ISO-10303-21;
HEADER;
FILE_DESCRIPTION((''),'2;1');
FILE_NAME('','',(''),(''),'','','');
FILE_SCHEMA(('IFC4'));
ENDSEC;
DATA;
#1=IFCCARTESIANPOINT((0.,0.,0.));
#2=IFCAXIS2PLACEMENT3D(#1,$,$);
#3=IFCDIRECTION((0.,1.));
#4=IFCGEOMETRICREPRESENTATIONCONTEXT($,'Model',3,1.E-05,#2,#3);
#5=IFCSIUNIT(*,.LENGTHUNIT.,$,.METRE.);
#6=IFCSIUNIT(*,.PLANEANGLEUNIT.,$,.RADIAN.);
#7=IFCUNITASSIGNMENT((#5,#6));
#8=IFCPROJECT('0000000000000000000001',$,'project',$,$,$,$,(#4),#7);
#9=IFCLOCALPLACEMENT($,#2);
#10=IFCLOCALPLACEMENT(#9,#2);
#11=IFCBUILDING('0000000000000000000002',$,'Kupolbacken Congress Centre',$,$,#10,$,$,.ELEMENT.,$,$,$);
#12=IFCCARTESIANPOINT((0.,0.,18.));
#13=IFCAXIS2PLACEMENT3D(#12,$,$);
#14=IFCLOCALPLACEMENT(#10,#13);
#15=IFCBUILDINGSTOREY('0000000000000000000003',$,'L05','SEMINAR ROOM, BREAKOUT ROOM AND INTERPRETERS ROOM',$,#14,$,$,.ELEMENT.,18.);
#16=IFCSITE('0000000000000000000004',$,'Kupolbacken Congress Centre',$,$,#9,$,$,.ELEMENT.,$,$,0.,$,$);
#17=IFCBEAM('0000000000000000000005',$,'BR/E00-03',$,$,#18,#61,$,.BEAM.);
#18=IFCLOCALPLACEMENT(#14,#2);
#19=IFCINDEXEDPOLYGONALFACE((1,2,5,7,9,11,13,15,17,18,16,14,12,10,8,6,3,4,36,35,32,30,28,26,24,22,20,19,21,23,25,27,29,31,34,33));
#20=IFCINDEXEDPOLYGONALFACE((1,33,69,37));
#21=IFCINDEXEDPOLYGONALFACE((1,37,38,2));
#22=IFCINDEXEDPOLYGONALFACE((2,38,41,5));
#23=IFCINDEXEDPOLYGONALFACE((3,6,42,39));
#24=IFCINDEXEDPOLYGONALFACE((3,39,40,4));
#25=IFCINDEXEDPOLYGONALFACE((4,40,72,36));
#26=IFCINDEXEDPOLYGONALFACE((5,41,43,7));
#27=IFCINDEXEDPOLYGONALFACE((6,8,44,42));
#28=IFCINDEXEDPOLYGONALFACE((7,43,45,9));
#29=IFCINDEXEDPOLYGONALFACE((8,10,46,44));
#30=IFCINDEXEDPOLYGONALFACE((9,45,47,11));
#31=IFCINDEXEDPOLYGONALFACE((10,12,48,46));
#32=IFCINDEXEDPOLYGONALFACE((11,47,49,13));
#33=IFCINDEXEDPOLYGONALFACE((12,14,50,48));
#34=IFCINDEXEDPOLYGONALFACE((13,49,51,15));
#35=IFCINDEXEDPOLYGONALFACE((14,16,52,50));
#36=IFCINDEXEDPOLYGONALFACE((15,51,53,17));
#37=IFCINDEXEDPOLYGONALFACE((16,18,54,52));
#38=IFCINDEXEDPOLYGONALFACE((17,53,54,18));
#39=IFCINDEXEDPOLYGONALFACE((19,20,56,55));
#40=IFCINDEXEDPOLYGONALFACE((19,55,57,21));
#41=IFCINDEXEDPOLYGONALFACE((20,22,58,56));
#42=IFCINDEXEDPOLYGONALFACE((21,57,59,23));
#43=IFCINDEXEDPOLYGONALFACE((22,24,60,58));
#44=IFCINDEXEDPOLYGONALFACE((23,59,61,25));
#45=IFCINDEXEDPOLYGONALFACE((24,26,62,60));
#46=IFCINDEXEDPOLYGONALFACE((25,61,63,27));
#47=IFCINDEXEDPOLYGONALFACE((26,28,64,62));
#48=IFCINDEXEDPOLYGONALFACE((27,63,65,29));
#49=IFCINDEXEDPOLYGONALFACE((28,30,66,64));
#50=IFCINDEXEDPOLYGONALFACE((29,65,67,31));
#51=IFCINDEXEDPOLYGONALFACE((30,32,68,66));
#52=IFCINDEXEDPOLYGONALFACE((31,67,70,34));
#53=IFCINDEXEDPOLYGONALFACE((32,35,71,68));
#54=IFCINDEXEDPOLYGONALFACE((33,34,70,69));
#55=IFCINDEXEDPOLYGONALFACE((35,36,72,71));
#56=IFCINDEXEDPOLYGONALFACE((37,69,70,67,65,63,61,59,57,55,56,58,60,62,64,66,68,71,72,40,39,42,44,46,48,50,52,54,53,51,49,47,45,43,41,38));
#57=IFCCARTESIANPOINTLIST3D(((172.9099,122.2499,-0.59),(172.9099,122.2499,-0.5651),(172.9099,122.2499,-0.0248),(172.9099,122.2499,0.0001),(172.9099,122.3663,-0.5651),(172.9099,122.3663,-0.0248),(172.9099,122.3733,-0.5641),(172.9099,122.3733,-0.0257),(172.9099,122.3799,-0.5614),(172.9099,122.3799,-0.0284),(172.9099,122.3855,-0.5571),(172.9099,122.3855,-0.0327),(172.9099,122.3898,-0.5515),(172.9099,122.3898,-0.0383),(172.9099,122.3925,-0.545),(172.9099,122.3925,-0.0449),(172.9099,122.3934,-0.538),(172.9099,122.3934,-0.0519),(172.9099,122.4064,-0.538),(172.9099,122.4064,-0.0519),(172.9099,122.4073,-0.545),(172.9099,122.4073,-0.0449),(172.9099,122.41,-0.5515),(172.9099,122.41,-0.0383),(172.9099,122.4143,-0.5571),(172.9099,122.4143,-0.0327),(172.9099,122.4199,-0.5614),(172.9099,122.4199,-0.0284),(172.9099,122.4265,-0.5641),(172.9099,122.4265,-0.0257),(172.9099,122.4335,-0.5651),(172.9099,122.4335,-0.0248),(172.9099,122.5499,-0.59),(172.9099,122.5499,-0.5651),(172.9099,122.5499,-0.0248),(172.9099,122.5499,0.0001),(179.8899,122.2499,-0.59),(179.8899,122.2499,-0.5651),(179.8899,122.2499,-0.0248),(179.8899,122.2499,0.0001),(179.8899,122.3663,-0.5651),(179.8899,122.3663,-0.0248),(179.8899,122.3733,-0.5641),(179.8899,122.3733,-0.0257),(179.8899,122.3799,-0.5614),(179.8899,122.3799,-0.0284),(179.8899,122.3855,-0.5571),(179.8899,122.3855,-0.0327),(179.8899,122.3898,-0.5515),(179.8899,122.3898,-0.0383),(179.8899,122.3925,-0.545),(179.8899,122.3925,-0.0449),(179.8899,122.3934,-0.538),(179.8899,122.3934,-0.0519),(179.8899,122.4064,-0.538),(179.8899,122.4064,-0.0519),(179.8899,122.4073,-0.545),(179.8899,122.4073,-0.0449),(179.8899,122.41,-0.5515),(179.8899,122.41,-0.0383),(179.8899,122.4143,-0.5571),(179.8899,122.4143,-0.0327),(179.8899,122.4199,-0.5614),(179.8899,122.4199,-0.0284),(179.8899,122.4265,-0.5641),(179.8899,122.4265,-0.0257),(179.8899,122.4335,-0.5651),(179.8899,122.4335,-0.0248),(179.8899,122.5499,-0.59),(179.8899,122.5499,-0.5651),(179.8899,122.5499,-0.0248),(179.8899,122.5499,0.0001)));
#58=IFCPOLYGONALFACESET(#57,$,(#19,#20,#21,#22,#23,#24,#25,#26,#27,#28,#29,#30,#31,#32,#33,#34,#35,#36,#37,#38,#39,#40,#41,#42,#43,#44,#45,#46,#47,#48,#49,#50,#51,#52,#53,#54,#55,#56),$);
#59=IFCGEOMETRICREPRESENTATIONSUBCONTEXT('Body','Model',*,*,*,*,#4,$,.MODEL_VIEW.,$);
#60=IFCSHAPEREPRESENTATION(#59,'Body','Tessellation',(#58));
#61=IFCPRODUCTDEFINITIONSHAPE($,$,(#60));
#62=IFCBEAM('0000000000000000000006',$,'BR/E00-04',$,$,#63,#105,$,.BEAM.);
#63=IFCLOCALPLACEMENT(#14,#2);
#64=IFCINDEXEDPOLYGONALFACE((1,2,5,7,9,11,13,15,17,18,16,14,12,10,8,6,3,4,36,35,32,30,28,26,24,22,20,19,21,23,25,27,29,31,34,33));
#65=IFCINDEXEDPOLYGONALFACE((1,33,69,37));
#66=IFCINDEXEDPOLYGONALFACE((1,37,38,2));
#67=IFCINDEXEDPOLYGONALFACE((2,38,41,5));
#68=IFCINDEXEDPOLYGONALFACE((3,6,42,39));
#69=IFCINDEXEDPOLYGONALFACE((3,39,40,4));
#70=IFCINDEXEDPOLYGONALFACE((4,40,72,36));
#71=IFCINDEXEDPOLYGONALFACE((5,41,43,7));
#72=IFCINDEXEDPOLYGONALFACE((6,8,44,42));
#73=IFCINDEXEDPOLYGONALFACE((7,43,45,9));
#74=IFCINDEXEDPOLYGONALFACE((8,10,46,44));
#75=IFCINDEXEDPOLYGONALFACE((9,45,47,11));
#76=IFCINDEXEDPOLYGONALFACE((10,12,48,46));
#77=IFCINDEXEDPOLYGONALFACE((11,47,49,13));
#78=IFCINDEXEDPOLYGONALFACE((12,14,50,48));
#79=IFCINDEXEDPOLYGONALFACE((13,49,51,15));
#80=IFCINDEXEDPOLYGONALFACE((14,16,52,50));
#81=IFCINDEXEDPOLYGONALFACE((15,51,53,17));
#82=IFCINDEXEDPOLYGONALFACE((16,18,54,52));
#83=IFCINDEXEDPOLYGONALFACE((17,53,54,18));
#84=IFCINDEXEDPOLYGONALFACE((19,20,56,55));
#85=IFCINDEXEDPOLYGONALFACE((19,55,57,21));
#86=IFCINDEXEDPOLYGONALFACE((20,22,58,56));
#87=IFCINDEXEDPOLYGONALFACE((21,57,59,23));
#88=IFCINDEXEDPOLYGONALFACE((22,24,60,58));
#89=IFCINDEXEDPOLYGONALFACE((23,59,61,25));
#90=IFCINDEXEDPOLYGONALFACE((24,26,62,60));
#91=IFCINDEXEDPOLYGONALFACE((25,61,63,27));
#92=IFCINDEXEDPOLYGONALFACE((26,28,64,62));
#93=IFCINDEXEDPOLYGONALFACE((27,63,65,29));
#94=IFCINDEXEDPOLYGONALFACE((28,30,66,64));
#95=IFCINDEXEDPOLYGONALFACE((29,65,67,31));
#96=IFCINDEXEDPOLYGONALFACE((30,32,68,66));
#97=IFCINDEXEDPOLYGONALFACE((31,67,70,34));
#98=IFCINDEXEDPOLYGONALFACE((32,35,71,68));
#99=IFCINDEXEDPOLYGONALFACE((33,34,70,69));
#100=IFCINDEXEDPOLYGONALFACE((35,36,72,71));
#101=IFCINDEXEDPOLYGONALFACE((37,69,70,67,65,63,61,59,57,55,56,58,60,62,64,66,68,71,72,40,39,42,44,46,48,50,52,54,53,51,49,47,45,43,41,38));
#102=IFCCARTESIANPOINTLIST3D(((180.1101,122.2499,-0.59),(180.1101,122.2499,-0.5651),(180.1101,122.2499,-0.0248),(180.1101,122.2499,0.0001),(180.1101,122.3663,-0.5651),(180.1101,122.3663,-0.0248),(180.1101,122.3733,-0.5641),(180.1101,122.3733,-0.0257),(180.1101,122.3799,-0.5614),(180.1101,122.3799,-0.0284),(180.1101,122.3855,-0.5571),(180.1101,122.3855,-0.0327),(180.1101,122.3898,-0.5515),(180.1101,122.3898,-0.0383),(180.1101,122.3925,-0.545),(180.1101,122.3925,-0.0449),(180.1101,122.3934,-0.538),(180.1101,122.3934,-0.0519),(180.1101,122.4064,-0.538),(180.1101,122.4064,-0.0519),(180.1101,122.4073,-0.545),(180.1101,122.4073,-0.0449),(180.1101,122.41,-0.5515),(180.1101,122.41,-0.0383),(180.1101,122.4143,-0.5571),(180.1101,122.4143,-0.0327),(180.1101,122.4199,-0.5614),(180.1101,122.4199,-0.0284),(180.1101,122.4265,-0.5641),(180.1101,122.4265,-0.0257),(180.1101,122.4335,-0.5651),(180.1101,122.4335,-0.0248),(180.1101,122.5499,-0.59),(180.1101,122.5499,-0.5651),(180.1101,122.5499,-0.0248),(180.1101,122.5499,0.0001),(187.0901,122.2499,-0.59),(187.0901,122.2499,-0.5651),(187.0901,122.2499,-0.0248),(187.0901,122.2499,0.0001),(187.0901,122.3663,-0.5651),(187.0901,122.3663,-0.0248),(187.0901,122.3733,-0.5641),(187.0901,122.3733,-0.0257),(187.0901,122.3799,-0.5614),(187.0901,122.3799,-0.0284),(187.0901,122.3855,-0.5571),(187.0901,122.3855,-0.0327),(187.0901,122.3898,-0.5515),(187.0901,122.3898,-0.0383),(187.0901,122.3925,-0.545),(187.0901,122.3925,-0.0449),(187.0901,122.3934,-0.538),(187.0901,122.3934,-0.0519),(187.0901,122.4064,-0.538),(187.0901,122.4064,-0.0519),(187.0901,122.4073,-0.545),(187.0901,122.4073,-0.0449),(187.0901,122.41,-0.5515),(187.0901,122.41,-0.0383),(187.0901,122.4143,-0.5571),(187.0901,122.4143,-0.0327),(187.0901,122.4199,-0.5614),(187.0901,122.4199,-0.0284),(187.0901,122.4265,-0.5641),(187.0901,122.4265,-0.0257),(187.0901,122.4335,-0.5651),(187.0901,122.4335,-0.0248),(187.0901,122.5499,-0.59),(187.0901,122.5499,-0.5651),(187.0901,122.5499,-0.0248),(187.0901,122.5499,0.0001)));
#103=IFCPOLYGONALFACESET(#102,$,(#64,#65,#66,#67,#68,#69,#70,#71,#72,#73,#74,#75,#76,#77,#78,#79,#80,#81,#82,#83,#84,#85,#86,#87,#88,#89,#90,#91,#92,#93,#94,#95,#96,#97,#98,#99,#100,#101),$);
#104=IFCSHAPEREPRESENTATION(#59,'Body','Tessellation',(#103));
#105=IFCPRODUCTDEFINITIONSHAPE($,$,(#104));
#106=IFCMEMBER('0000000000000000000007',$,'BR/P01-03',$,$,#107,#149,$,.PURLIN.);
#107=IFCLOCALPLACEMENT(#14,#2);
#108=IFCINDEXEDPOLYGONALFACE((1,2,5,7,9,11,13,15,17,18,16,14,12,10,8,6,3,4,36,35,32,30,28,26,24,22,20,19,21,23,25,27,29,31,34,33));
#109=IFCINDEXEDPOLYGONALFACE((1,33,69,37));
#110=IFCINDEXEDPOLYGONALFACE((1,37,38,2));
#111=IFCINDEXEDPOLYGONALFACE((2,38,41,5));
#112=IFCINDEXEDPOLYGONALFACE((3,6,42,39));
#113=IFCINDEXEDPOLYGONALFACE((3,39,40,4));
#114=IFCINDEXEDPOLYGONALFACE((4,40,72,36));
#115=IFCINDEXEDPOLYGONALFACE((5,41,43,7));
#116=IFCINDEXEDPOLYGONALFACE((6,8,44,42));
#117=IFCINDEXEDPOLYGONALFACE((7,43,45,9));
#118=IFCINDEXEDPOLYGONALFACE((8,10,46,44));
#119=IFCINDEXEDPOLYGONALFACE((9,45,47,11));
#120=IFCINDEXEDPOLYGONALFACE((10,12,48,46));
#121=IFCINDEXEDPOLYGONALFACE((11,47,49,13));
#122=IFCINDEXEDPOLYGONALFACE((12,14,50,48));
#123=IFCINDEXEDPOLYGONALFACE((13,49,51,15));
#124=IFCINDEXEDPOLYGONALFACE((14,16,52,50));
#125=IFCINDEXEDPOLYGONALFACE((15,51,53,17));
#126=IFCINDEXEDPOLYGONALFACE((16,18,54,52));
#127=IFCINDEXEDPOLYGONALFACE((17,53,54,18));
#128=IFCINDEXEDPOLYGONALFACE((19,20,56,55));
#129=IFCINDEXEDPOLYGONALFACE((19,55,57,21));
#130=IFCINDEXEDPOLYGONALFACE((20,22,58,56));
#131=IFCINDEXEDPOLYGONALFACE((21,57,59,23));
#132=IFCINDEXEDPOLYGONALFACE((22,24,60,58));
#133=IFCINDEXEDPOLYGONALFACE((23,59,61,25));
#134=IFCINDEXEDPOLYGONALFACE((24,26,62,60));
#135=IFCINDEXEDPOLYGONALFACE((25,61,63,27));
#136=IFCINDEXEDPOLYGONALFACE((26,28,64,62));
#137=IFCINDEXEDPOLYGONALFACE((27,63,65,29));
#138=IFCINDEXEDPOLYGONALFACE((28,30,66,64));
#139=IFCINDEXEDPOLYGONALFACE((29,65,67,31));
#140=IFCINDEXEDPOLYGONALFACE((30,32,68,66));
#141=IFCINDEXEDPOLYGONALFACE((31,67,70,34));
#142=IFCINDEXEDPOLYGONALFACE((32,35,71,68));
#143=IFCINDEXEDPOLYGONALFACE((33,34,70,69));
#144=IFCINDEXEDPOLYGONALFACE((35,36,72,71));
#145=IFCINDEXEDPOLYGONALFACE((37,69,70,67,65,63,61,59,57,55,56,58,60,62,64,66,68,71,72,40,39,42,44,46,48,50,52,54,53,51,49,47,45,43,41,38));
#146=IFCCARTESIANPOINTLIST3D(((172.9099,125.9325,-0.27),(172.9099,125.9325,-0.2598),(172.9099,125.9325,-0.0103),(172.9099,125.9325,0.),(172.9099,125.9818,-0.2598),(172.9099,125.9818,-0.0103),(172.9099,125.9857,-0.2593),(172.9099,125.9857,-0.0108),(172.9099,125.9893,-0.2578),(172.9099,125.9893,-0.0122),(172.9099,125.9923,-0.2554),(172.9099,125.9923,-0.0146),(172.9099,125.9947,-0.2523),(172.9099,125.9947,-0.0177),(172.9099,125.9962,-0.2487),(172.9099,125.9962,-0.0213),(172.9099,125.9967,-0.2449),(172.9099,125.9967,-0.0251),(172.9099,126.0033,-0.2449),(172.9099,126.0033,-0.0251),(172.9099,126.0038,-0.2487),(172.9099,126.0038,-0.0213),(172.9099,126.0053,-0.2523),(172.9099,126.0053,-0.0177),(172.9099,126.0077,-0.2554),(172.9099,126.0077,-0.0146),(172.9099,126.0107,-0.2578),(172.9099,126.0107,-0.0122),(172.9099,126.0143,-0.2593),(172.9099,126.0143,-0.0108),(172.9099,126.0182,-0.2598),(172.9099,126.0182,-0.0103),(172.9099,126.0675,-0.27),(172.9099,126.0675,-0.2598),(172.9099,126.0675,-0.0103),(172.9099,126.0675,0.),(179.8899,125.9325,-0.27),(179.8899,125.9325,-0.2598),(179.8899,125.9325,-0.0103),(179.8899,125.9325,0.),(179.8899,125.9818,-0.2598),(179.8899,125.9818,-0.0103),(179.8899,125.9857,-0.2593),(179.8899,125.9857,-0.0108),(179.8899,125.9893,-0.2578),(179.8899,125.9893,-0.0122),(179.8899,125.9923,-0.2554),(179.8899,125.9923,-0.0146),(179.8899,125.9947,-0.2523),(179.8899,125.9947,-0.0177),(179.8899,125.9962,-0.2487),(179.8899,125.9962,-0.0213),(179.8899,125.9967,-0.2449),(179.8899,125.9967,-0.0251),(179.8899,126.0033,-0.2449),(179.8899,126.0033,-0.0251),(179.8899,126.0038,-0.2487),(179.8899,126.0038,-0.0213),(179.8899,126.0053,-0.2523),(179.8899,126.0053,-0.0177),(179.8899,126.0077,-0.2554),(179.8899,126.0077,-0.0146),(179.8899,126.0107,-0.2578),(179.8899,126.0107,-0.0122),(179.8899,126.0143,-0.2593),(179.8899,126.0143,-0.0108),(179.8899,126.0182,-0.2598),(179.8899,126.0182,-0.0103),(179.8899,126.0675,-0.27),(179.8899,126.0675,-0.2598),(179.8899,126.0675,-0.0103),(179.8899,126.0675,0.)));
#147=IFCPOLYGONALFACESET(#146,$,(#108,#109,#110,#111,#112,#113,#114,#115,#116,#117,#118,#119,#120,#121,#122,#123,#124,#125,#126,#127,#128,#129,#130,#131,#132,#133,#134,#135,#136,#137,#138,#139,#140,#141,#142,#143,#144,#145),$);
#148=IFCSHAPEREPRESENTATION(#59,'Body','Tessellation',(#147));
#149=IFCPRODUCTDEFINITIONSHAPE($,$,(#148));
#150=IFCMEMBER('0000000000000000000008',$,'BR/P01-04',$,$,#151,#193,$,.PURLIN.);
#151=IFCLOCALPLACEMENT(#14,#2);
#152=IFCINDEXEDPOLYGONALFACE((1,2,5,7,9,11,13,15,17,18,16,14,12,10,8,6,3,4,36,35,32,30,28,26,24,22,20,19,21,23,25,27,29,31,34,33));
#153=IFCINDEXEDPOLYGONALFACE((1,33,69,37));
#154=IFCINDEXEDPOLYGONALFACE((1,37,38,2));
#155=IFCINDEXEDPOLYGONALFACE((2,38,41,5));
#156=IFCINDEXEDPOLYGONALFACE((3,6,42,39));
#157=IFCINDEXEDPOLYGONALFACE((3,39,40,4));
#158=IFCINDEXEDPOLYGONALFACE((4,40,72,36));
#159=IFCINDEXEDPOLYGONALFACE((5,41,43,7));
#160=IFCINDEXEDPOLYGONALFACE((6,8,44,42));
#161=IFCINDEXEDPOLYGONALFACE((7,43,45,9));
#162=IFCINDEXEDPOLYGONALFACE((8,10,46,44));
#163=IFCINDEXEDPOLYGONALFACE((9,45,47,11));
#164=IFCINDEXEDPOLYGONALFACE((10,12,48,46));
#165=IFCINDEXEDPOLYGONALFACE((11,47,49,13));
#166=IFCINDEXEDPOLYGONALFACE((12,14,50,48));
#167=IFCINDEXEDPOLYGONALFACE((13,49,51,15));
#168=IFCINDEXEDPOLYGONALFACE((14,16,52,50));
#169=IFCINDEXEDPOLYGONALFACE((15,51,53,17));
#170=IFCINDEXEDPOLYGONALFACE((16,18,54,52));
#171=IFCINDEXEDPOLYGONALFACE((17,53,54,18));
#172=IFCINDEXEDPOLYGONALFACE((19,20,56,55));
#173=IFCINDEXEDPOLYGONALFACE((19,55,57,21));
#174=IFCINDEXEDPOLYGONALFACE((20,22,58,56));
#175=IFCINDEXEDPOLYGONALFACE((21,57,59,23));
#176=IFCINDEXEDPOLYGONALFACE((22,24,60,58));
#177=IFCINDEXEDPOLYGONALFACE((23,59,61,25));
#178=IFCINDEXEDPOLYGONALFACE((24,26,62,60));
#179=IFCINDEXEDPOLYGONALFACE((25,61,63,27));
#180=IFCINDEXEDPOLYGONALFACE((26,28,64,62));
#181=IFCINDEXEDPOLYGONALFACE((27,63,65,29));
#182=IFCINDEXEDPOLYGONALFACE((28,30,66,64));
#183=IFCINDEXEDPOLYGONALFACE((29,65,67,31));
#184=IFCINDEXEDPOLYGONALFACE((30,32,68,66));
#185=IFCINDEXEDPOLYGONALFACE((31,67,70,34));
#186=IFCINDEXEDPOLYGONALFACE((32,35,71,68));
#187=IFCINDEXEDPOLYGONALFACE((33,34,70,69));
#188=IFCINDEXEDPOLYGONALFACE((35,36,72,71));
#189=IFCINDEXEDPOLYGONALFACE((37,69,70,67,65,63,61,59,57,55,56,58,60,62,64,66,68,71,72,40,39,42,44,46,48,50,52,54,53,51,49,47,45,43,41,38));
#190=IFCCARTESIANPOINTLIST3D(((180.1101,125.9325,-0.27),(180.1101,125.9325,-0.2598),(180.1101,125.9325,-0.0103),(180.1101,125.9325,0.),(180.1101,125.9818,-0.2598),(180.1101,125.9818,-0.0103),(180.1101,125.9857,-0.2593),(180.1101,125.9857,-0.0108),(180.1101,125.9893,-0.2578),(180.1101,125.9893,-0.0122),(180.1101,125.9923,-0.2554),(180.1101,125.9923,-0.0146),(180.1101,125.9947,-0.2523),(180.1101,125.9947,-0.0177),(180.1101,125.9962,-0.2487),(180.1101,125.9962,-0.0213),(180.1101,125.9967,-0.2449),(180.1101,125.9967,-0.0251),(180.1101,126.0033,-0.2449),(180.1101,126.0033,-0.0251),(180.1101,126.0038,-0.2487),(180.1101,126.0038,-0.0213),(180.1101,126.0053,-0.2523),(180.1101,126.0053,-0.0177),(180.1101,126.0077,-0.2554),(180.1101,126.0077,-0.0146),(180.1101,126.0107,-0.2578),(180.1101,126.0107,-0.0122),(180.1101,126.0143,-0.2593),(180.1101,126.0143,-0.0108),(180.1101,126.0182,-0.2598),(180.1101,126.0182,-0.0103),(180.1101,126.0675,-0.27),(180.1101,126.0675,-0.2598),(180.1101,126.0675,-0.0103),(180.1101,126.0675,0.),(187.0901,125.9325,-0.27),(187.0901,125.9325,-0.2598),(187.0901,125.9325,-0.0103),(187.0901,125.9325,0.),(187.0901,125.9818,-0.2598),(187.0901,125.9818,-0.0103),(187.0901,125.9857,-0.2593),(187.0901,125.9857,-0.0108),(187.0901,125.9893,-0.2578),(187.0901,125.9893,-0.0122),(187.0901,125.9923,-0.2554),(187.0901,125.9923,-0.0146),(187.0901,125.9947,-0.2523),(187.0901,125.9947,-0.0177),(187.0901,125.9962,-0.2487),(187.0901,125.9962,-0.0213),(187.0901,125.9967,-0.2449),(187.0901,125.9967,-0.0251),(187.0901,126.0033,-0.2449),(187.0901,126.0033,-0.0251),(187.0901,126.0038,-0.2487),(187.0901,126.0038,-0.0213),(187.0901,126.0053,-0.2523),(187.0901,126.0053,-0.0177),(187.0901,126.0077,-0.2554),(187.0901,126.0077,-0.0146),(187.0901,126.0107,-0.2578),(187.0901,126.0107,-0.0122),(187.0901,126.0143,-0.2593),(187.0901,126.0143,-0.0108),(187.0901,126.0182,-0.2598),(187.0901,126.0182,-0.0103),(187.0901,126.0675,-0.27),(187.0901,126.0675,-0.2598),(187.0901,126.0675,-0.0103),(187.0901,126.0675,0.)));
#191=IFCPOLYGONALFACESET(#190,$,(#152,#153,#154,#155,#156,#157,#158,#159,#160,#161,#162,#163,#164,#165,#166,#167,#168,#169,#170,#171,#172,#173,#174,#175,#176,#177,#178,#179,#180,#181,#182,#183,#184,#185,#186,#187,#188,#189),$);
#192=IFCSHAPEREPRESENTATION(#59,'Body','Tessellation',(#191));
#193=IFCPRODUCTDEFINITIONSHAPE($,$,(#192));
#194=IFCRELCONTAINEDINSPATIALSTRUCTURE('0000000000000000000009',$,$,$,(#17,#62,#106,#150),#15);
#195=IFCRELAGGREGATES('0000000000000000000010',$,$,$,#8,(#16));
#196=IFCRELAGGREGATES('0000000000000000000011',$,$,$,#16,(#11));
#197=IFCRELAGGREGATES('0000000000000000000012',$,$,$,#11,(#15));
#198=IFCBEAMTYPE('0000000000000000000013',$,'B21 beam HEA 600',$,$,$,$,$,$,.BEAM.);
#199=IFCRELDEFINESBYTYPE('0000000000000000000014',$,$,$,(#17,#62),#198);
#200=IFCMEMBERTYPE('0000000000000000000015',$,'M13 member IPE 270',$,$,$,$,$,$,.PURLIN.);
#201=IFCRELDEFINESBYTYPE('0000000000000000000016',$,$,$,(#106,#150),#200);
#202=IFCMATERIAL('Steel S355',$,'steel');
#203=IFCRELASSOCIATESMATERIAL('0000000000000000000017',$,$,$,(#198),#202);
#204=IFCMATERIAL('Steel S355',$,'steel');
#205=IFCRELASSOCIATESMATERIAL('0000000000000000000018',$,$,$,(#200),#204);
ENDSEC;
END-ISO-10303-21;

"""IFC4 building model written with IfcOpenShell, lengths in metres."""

from ifc_helpers import new_model, si_unit, direction, frame, origin, origin_2d, place, context, subcontext, project, spatial, i_section, extrude, material, material_profile, profile_set, type_object, element, save


model = new_model("IFC4")

# Units and contexts
model_context = context("Model", 3, precision=1e-05, world=origin(), true_north=direction((0.0, 1.0)))
body_context = subcontext(model_context, "Body", "Model", "MODEL_VIEW")
ifc_project = project(units=[si_unit("LENGTHUNIT", "METRE"), si_unit("PLANEANGLEUNIT", "RADIAN")], contexts=[model_context])

# Site, building, storey
site_placement = place(None, origin())
site = spatial("IfcSite", under=ifc_project, at=site_placement, Name="Kupolbacken Congress Centre", CompositionType="ELEMENT", RefElevation=0.0)
building_placement = place(site_placement, origin())
building = spatial("IfcBuilding", under=site, at=building_placement, Name="Kupolbacken Congress Centre", CompositionType="ELEMENT")
storey_placement = place(building_placement, frame((0.0, 0.0, 18.0)))
storey = spatial("IfcBuildingStorey", under=building, at=storey_placement, Name="L05", Description="SEMINAR ROOM, BREAKOUT ROOM AND INTERPRETERS ROOM", CompositionType="ELEMENT", Elevation=18.0)

# Beams
ifc_material_1 = material(Name="Steel S355", Category="steel")
ifc_material_profile_1 = material_profile(ifc_material_1, i_section(OverallWidth=0.3, OverallDepth=0.5901, WebThickness=0.0129, FlangeThickness=0.0249, FilletRadius=0.0271, at=origin_2d()), Name="HEA 600")
ifc_profile_set_1 = profile_set([ifc_material_profile_1], Name="Steel S355")
beam_type = type_object("IfcBeamType", Name="B21 beam HEA 600", PredefinedType="BEAM", material=ifc_profile_set_1)
for number, where, z_axis, x_axis, name in (
    (1, (172.9099, 122.3999, -0.2949), (1.0, 0.0, 0.0), (0.0, 1.0, 0.0), "BR/E00-03"),
    (2, (180.1101, 122.3999, -0.2949), (1.0, 0.0, 0.0), (0.0, 1.0, 0.0), "BR/E00-04"),
):
    element("IfcBeam", number, at=place(storey_placement, frame(where, z_axis=z_axis, x_axis=x_axis)), inside=storey, type_object=beam_type, Name=name, PredefinedType="BEAM", context=body_context, shape_type="SweptSolid", body=[
        extrude(i_section(OverallWidth=0.3, OverallDepth=0.5901, WebThickness=0.0129, FlangeThickness=0.0249, FilletRadius=0.0271, at=origin_2d()), origin(), (0.0, 0.0, 1.0), 6.98),
    ])

# Members
ifc_material_2 = material(Name="Steel S355", Category="steel")
ifc_material_profile_2 = material_profile(ifc_material_2, i_section(OverallWidth=0.135, OverallDepth=0.27, WebThickness=0.0066, FlangeThickness=0.0103, FilletRadius=0.0149, at=origin_2d()), Name="IPE 270")
ifc_profile_set_2 = profile_set([ifc_material_profile_2], Name="Steel S355")
member_type_1 = type_object("IfcMemberType", Name="M13 member IPE 270", PredefinedType="PURLIN", material=ifc_profile_set_2)
for number, where, z_axis, x_axis, name in (
    (3, (172.9099, 126.0, -0.135), (1.0, 0.0, 0.0), (0.0, 1.0, 0.0), "BR/P01-03"),
    (4, (180.1101, 126.0, -0.135), (1.0, 0.0, 0.0), (0.0, 1.0, 0.0), "BR/P01-04"),
):
    element("IfcMember", number, at=place(storey_placement, frame(where, z_axis=z_axis, x_axis=x_axis)), inside=storey, type_object=member_type_1, Name=name, PredefinedType="PURLIN", context=body_context, shape_type="SweptSolid", body=[
        extrude(i_section(OverallWidth=0.135, OverallDepth=0.27, WebThickness=0.0066, FlangeThickness=0.0103, FilletRadius=0.0149, at=origin_2d()), origin(), (0.0, 0.0, 1.0), 6.98),
    ])

save(model, "model.ifc")
